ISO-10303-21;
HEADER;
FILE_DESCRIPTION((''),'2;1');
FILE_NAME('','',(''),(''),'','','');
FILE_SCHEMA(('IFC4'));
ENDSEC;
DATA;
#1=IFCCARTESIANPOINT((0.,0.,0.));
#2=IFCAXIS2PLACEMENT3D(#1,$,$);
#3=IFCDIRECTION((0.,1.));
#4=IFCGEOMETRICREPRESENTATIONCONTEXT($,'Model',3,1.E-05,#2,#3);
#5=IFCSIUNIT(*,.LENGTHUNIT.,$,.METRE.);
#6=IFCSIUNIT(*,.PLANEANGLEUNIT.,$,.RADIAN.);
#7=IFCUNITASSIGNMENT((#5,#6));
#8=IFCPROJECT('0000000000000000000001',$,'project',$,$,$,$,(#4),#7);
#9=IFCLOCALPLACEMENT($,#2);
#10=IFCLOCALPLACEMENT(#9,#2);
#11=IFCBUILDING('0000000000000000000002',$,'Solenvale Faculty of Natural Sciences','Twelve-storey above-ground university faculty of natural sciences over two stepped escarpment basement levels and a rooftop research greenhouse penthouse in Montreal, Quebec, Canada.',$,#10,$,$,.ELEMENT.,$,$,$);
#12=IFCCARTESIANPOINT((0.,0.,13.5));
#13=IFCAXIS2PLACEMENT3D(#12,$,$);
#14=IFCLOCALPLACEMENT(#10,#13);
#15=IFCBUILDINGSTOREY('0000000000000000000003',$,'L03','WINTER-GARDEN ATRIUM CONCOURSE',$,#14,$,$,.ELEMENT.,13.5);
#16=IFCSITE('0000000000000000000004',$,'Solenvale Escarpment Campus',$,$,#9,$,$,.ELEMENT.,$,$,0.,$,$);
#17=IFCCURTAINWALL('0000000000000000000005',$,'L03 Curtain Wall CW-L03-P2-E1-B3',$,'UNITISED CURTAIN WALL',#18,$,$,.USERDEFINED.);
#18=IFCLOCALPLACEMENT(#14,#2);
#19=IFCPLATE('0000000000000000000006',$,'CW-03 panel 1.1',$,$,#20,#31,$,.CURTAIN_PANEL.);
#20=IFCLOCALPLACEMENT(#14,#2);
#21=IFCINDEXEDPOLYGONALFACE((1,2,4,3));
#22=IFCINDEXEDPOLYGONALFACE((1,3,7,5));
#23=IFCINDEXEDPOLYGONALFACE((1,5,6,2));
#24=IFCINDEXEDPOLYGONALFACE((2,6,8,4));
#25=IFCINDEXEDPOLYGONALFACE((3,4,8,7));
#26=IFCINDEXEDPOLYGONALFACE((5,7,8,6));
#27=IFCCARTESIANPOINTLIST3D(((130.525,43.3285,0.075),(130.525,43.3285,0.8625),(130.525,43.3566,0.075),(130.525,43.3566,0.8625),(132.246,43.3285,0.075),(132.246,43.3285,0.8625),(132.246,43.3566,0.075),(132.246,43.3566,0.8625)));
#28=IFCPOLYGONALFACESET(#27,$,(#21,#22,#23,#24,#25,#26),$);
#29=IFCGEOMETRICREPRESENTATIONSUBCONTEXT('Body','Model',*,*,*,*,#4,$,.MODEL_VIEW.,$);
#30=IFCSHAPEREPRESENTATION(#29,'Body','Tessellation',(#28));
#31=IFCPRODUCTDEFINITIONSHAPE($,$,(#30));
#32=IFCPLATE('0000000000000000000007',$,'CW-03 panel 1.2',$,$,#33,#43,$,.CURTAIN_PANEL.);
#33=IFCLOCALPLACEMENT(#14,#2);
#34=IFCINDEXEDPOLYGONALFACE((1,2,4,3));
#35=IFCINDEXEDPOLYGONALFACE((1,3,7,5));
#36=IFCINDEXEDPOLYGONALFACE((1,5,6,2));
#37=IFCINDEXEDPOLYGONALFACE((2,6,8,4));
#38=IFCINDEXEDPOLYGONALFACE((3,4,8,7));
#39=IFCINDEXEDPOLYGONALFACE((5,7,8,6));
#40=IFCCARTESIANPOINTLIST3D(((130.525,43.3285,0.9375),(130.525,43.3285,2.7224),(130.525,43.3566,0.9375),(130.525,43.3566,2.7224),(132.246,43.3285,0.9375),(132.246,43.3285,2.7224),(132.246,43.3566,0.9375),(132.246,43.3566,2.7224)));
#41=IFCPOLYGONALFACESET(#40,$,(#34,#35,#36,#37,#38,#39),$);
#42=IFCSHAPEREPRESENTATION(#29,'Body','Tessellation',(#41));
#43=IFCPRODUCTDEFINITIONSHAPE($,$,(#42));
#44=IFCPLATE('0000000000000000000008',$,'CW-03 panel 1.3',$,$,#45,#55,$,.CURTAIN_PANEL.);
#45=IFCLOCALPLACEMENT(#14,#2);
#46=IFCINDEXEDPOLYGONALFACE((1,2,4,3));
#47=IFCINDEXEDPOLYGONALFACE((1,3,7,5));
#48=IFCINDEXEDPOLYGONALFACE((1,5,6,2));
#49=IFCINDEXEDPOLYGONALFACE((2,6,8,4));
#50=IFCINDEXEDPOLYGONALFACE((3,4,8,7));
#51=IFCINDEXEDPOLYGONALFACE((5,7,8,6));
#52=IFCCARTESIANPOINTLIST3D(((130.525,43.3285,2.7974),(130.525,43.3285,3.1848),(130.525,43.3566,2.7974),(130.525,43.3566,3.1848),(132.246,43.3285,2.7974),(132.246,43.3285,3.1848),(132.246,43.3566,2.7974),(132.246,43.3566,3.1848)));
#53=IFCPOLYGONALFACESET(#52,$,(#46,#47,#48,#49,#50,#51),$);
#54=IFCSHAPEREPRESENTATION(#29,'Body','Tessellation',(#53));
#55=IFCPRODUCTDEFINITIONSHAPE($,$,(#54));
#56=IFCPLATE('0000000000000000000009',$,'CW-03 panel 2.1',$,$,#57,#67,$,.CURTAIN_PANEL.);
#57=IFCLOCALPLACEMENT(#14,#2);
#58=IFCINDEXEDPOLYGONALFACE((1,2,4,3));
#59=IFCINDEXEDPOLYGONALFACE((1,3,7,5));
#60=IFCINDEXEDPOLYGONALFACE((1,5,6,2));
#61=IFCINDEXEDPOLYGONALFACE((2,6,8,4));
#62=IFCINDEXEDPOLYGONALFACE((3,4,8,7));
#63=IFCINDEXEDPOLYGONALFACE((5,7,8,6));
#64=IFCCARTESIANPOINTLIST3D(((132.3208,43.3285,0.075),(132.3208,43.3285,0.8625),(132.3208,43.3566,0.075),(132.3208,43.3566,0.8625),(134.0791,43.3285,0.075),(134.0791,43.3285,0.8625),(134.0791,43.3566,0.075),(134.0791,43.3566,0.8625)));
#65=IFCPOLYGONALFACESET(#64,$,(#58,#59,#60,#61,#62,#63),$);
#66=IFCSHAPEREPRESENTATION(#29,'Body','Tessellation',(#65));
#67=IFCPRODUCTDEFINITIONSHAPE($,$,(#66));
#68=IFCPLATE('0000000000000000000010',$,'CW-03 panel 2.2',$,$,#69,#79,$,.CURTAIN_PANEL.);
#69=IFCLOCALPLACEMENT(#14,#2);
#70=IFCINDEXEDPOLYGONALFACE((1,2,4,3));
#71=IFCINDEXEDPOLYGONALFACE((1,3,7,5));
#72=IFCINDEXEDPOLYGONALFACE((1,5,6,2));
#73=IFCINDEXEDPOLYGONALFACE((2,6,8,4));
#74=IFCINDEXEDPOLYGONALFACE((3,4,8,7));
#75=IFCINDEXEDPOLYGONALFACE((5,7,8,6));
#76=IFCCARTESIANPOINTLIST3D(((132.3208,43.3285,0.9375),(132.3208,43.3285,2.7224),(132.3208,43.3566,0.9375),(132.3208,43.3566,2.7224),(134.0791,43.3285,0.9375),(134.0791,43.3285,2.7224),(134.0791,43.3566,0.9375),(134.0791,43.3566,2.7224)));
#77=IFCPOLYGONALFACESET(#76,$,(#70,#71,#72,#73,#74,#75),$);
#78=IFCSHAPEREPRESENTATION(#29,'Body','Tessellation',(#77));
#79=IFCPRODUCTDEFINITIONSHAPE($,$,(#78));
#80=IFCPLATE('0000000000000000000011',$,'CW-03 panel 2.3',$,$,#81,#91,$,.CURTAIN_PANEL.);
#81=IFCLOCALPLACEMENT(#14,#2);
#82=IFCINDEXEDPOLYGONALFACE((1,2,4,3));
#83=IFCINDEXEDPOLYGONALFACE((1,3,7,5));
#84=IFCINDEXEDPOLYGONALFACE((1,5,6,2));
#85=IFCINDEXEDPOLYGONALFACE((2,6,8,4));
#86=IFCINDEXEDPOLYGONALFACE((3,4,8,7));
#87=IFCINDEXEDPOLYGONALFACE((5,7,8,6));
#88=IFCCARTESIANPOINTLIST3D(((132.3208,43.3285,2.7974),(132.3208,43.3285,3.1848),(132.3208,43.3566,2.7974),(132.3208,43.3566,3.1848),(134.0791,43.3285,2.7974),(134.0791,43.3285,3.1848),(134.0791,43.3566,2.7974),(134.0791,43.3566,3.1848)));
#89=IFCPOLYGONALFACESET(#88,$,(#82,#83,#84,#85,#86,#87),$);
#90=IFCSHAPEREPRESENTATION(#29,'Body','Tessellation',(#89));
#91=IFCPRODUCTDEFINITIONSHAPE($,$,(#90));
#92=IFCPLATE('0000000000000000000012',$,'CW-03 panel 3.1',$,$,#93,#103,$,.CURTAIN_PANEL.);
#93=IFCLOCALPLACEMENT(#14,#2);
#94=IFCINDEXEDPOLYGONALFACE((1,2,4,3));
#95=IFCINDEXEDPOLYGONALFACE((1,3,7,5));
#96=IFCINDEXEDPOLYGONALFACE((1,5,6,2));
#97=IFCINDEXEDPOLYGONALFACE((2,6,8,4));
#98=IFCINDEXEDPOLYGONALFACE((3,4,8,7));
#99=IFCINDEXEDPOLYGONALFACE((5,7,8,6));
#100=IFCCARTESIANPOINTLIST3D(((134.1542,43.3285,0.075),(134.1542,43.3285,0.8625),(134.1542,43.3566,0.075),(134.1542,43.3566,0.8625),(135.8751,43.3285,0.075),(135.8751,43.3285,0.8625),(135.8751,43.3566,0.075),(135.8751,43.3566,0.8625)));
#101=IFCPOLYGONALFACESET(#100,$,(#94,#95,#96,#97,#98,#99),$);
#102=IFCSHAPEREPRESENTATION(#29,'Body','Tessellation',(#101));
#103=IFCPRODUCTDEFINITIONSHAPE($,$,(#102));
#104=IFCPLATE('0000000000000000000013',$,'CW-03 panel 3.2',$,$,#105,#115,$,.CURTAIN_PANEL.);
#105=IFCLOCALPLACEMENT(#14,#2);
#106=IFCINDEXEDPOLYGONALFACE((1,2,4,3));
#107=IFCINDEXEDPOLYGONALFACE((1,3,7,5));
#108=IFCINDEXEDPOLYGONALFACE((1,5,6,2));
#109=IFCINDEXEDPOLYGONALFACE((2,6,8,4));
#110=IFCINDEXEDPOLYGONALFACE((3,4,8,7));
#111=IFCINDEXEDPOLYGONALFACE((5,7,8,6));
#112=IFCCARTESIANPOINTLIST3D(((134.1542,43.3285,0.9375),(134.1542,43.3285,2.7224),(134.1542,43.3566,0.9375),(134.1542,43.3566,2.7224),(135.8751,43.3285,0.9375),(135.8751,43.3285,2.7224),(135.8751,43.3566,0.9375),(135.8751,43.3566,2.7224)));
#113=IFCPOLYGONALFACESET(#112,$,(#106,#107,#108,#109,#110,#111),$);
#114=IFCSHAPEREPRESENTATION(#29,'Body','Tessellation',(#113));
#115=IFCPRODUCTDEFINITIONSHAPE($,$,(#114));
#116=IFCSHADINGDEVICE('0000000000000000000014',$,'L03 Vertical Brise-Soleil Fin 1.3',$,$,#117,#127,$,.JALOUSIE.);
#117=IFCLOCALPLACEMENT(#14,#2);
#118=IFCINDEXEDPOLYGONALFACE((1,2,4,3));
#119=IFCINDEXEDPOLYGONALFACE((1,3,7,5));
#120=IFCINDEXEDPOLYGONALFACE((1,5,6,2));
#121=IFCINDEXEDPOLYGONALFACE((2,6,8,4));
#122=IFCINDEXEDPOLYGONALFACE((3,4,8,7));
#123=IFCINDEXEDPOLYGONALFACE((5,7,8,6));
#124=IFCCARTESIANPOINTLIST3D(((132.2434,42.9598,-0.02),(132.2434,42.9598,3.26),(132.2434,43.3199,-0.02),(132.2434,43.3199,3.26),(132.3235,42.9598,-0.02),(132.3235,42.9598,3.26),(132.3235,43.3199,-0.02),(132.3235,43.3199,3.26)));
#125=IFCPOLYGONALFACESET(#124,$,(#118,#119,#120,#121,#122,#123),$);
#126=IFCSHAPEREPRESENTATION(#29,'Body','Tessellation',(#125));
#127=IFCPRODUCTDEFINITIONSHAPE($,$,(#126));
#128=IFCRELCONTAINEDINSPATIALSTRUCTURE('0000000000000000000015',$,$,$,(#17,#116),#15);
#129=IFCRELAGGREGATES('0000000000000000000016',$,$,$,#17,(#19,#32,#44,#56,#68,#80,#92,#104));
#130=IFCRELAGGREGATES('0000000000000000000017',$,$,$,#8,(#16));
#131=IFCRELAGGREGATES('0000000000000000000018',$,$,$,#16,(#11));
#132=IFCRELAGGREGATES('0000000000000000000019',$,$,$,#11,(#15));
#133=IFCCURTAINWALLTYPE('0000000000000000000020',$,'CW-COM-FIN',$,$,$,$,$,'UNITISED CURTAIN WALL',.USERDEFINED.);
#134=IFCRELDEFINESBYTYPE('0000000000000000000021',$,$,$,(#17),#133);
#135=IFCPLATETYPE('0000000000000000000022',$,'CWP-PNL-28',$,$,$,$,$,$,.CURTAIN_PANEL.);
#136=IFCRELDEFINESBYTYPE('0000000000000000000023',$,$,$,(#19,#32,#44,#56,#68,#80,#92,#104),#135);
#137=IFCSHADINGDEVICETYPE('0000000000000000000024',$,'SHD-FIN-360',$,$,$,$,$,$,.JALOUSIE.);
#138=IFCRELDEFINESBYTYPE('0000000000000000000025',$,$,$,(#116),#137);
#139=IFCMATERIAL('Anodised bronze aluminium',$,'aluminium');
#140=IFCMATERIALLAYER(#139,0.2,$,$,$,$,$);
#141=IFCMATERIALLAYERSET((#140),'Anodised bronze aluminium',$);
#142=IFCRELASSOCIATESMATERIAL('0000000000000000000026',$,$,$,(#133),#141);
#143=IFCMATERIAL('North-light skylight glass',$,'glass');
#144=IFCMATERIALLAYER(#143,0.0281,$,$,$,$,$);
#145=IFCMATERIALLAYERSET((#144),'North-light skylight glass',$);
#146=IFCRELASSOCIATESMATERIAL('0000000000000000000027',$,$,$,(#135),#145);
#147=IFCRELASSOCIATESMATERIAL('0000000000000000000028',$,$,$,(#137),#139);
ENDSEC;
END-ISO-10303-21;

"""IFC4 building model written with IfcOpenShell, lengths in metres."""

from ifc_helpers import new_model, si_unit, direction, frame, origin, origin_2d, place, context, subcontext, project, spatial, rectangle, extrude, material, layer, layer_set, material_profile, profile_set, type_object, element, aggregate, save


model = new_model("IFC4")

# Units and contexts
model_context = context("Model", 3, precision=1e-05, world=origin(), true_north=direction((0.0, 1.0)))
body_context = subcontext(model_context, "Body", "Model", "MODEL_VIEW")
ifc_project = project(units=[si_unit("LENGTHUNIT", "METRE"), si_unit("PLANEANGLEUNIT", "RADIAN")], contexts=[model_context])

# Site, building, storey
site_placement = place(None, origin())
site = spatial("IfcSite", under=ifc_project, at=site_placement, Name="Solenvale Escarpment Campus", CompositionType="ELEMENT", RefElevation=0.0)
building_placement = place(site_placement, origin())
building = spatial("IfcBuilding", under=site, at=building_placement, Name="Solenvale Faculty of Natural Sciences", Description="Twelve-storey above-ground university faculty of natural sciences over two stepped escarpment basement levels and a rooftop research greenhouse penthouse in Montreal, Quebec, Canada.", CompositionType="ELEMENT")
storey_placement = place(building_placement, frame((0.0, 0.0, 13.5)))
storey = spatial("IfcBuildingStorey", under=building, at=storey_placement, Name="L03", Description="WINTER-GARDEN ATRIUM CONCOURSE", CompositionType="ELEMENT", Elevation=13.5)

# Curtain wall, plates
ifc_material_1 = material(Name="Anodised bronze aluminium", Category="aluminium")
ifc_layer_1 = layer(ifc_material_1, 0.2)
ifc_layer_set_1 = layer_set([ifc_layer_1], Name="Anodised bronze aluminium")
curtain_wall_type = type_object("IfcCurtainWallType", Name="CW-COM-FIN", ElementType="UNITISED CURTAIN WALL", PredefinedType="USERDEFINED", material=ifc_layer_set_1)
curtain_wall_placement = place(storey_placement, origin())
curtain_wall = element("IfcCurtainWall", 1, at=curtain_wall_placement, inside=storey, type_object=curtain_wall_type, Name="L03 Curtain Wall CW-L03-P2-E1-B3", ObjectType="UNITISED CURTAIN WALL", PredefinedType="USERDEFINED")
ifc_material_2 = material(Name="North-light skylight glass", Category="glass")
ifc_layer_2 = layer(ifc_material_2, 0.0281)
ifc_layer_set_2 = layer_set([ifc_layer_2], Name="North-light skylight glass")
plate_type = type_object("IfcPlateType", Name="CWP-PNL-28", PredefinedType="CURTAIN_PANEL", material=ifc_layer_set_2)
plate_1_placement = place(storey_placement, frame((131.3855, 43.3425, 0.075), z_axis=(0.0, 0.0, 1.0), x_axis=(1.0, 0.0, 0.0)))
plate_1 = element("IfcPlate", 2, at=plate_1_placement, type_object=plate_type, Name="CW-03 panel 1.1", PredefinedType="CURTAIN_PANEL", context=body_context, shape_type="SweptSolid", body=[
    extrude(rectangle(XDim=1.7209, YDim=0.0281, at=origin_2d()), origin(), (0.0, 0.0, 1.0), 0.7876),
])
plate_2_placement = place(storey_placement, frame((131.3855, 43.3425, 0.9375), z_axis=(0.0, 0.0, 1.0), x_axis=(1.0, 0.0, 0.0)))
plate_2 = element("IfcPlate", 3, at=plate_2_placement, type_object=plate_type, Name="CW-03 panel 1.2", PredefinedType="CURTAIN_PANEL", context=body_context, shape_type="SweptSolid", body=[
    extrude(rectangle(XDim=1.7209, YDim=0.0281, at=origin_2d()), origin(), (0.0, 0.0, 1.0), 1.7849),
])
plate_3_placement = place(storey_placement, frame((131.3855, 43.3425, 2.7974), z_axis=(0.0, 0.0, 1.0), x_axis=(1.0, 0.0, 0.0)))
plate_3 = element("IfcPlate", 4, at=plate_3_placement, type_object=plate_type, Name="CW-03 panel 1.3", PredefinedType="CURTAIN_PANEL", context=body_context, shape_type="SweptSolid", body=[
    extrude(rectangle(XDim=1.7209, YDim=0.0281, at=origin_2d()), origin(), (0.0, 0.0, 1.0), 0.3875),
])
plate_4_placement = place(storey_placement, frame((133.2, 43.3425, 0.075), z_axis=(0.0, 0.0, 1.0), x_axis=(1.0, 0.0, 0.0)))
plate_4 = element("IfcPlate", 5, at=plate_4_placement, type_object=plate_type, Name="CW-03 panel 2.1", PredefinedType="CURTAIN_PANEL", context=body_context, shape_type="SweptSolid", body=[
    extrude(rectangle(XDim=1.7583, YDim=0.0281, at=origin_2d()), origin(), (0.0, 0.0, 1.0), 0.7876),
])
plate_5_placement = place(storey_placement, frame((133.2, 43.3425, 0.9375), z_axis=(0.0, 0.0, 1.0), x_axis=(1.0, 0.0, 0.0)))
plate_5 = element("IfcPlate", 6, at=plate_5_placement, type_object=plate_type, Name="CW-03 panel 2.2", PredefinedType="CURTAIN_PANEL", context=body_context, shape_type="SweptSolid", body=[
    extrude(rectangle(XDim=1.7583, YDim=0.0281, at=origin_2d()), origin(), (0.0, 0.0, 1.0), 1.7849),
])
plate_6_placement = place(storey_placement, frame((133.2, 43.3425, 2.7974), z_axis=(0.0, 0.0, 1.0), x_axis=(1.0, 0.0, 0.0)))
plate_6 = element("IfcPlate", 7, at=plate_6_placement, type_object=plate_type, Name="CW-03 panel 2.3", PredefinedType="CURTAIN_PANEL", context=body_context, shape_type="SweptSolid", body=[
    extrude(rectangle(XDim=1.7583, YDim=0.0281, at=origin_2d()), origin(), (0.0, 0.0, 1.0), 0.3875),
])
plate_7_placement = place(storey_placement, frame((135.0146, 43.3425, 0.075), z_axis=(0.0, 0.0, 1.0), x_axis=(1.0, 0.0, 0.0)))
plate_7 = element("IfcPlate", 8, at=plate_7_placement, type_object=plate_type, Name="CW-03 panel 3.1", PredefinedType="CURTAIN_PANEL", context=body_context, shape_type="SweptSolid", body=[
    extrude(rectangle(XDim=1.7209, YDim=0.0281, at=origin_2d()), origin(), (0.0, 0.0, 1.0), 0.7876),
])
plate_8_placement = place(storey_placement, frame((135.0146, 43.3425, 0.9375), z_axis=(0.0, 0.0, 1.0), x_axis=(1.0, 0.0, 0.0)))
plate_8 = element("IfcPlate", 9, at=plate_8_placement, type_object=plate_type, Name="CW-03 panel 3.2", PredefinedType="CURTAIN_PANEL", context=body_context, shape_type="SweptSolid", body=[
    extrude(rectangle(XDim=1.7209, YDim=0.0281, at=origin_2d()), origin(), (0.0, 0.0, 1.0), 1.7849),
])
aggregate(curtain_wall, [plate_1, plate_2, plate_3, plate_4, plate_5, plate_6, plate_7, plate_8])

# Shading device
ifc_material_profile_1 = material_profile(ifc_material_1, rectangle(XDim=0.0801, YDim=0.3601, at=origin_2d()), Name="ALU-FIN-80x360")
ifc_profile_set_1 = profile_set([ifc_material_profile_1], Name="Anodised bronze aluminium")
shading_device_type = type_object("IfcShadingDeviceType", Name="SHD-FIN-360", PredefinedType="JALOUSIE", material=ifc_profile_set_1)
shading_device_placement = place(storey_placement, frame((132.2834, 43.1399, -0.02), z_axis=(0.0, 0.0, 1.0), x_axis=(1.0, 0.0, 0.0)))
element("IfcShadingDevice", 10, at=shading_device_placement, inside=storey, type_object=shading_device_type, Name="L03 Vertical Brise-Soleil Fin 1.3", PredefinedType="JALOUSIE", context=body_context, shape_type="SweptSolid", body=[
    extrude(rectangle(XDim=0.0801, YDim=0.3601, at=origin_2d()), origin(), (0.0, 0.0, 1.0), 3.28),
])

save(model, "model.ifc")
